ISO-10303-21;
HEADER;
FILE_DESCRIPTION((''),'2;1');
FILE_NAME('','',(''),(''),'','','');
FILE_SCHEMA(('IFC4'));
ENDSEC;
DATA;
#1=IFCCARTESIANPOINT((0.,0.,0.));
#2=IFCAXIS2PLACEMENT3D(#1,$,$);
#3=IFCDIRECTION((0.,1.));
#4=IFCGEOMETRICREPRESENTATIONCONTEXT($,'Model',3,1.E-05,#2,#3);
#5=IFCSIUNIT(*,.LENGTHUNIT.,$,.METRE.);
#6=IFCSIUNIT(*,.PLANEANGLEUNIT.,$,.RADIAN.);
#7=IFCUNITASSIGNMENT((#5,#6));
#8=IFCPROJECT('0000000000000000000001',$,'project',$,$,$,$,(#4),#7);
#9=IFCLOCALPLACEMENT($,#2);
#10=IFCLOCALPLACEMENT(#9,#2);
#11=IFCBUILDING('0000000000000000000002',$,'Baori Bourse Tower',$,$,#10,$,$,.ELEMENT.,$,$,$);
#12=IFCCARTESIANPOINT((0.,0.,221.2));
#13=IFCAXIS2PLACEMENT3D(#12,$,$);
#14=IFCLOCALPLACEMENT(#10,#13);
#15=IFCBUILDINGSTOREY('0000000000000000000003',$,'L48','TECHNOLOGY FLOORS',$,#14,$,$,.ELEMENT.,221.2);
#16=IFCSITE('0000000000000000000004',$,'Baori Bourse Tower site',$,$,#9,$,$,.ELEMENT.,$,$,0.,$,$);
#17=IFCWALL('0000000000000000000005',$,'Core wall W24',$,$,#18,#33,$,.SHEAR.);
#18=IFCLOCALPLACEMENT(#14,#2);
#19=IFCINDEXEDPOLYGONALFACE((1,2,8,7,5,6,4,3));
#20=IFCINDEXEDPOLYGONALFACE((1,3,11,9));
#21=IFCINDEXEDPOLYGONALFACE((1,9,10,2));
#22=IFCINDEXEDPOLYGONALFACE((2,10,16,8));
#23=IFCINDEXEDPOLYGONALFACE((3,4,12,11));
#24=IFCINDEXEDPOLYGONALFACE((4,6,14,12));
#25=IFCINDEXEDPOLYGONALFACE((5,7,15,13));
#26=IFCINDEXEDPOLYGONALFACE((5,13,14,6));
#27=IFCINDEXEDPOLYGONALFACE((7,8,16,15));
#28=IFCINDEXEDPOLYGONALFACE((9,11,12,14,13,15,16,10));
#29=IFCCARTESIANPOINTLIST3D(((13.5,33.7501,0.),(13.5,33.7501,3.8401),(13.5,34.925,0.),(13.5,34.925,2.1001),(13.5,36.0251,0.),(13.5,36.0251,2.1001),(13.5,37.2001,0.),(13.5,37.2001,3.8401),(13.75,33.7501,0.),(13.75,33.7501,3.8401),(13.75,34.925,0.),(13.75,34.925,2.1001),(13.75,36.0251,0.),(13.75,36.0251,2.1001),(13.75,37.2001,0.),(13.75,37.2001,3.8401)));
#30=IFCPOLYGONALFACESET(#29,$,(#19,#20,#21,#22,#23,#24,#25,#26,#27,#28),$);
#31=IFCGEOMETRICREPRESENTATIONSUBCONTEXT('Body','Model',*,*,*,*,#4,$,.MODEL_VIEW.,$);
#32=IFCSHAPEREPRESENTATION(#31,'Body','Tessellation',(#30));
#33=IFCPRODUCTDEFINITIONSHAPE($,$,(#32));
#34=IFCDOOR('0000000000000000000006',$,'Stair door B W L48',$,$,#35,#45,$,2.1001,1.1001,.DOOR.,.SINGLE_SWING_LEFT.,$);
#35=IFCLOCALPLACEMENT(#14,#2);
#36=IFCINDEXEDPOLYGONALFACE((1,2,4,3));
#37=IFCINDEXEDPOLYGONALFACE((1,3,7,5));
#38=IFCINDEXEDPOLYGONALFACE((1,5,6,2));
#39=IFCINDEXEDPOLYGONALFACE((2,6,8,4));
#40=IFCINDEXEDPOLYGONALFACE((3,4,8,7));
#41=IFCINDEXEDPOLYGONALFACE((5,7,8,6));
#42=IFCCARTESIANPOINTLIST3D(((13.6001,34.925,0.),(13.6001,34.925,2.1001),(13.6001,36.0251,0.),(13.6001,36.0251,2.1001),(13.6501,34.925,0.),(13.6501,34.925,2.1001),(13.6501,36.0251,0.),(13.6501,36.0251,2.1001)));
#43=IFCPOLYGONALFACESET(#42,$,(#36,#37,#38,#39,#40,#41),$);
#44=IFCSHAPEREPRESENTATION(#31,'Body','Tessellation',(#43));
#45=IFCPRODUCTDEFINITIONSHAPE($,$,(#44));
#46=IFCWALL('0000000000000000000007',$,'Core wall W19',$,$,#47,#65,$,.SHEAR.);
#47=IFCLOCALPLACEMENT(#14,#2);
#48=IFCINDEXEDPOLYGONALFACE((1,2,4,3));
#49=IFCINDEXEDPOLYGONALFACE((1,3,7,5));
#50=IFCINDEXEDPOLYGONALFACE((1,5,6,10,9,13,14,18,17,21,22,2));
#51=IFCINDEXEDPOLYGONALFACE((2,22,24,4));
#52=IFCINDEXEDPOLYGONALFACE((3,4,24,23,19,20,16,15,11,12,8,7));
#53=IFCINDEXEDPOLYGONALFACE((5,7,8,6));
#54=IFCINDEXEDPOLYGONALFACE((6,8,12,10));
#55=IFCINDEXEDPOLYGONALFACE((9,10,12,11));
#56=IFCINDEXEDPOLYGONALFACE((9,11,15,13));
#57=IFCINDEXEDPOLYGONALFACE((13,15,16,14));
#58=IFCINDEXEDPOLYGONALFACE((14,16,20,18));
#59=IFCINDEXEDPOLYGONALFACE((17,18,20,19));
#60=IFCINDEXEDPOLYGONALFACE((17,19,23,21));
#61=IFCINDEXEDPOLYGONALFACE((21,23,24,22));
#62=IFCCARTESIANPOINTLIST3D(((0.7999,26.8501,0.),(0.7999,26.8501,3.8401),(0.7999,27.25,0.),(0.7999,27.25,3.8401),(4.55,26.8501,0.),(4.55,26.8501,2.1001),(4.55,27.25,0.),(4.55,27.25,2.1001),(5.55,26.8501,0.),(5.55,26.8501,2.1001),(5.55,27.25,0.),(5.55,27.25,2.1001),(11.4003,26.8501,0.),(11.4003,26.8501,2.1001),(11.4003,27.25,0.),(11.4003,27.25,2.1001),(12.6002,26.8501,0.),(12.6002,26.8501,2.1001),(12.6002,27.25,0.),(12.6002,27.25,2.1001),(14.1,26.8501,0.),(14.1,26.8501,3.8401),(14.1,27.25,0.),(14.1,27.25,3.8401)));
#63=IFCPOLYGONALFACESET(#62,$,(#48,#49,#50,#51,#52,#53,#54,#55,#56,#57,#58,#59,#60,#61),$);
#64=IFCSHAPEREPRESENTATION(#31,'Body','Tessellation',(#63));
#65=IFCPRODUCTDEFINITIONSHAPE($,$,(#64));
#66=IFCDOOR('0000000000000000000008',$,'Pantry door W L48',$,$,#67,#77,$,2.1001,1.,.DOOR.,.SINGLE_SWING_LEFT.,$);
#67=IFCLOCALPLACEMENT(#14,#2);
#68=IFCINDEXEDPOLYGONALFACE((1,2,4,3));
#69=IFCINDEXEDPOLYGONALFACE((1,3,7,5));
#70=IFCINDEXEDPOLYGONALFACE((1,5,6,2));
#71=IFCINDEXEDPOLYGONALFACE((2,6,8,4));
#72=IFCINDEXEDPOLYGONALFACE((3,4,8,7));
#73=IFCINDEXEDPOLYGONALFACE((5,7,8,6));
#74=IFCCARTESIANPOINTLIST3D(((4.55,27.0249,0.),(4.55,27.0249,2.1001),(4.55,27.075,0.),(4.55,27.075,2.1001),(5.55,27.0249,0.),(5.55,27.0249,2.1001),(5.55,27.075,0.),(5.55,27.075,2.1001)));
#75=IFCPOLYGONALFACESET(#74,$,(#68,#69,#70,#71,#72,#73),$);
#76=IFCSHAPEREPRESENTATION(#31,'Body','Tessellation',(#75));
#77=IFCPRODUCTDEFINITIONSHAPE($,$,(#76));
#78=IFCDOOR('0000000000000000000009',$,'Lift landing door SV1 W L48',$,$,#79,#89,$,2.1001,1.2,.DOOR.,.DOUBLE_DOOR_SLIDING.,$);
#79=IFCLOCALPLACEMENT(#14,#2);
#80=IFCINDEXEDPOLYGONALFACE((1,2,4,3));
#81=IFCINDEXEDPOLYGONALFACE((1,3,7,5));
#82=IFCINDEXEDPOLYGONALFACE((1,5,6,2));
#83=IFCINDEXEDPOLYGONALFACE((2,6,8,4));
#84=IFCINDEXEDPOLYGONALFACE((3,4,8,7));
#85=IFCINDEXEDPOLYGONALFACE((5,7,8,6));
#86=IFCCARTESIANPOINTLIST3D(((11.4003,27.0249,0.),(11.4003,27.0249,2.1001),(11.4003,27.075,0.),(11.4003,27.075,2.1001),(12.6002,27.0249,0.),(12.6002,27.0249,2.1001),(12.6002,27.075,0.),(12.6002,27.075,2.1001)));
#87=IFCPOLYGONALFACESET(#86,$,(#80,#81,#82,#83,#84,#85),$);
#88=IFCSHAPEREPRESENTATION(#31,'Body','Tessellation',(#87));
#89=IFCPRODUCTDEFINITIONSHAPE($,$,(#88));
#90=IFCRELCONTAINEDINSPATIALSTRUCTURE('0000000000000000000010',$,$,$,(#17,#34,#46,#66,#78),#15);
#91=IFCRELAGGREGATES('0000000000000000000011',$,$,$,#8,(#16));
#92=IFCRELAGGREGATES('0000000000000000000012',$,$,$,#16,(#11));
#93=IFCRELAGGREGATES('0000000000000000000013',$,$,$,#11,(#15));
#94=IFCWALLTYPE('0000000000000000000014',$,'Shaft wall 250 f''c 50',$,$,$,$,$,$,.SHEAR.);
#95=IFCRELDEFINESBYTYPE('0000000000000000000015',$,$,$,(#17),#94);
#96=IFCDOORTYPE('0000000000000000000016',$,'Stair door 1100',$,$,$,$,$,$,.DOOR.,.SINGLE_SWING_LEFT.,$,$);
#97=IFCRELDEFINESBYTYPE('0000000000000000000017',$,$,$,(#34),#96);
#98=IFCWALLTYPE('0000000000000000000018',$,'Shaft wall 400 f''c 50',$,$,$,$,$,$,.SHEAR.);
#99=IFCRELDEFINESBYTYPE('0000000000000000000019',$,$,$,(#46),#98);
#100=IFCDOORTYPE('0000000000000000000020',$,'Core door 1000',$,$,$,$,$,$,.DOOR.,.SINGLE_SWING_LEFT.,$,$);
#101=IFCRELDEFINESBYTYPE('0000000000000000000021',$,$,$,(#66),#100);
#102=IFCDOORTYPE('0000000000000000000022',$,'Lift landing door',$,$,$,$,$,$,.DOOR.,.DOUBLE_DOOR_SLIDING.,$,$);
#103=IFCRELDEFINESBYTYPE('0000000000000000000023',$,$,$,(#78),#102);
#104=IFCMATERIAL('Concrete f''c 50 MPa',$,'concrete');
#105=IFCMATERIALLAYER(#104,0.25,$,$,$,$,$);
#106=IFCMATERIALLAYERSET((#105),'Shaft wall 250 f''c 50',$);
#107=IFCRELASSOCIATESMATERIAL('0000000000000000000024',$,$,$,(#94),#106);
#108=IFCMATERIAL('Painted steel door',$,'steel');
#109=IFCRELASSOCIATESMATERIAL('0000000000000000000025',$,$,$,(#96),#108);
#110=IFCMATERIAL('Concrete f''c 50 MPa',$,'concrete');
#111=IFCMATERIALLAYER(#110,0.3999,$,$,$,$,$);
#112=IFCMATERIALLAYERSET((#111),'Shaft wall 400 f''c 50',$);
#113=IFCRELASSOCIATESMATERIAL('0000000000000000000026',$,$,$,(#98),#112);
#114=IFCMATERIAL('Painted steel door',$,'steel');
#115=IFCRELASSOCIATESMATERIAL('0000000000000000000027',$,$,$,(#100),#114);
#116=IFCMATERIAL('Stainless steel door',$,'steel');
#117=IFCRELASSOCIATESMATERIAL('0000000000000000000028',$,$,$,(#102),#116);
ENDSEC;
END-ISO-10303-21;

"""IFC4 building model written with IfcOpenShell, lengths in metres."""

from ifc_helpers import new_model, si_unit, direction, frame, frame_2d, origin, place, context, subcontext, project, spatial, rectangle, extrude, material, layer, layer_set, type_object, element, fill, save


model = new_model("IFC4")

# Units and contexts
model_context = context("Model", 3, precision=1e-05, world=origin(), true_north=direction((0.0, 1.0)))
body_context = subcontext(model_context, "Body", "Model", "MODEL_VIEW")
ifc_project = project(units=[si_unit("LENGTHUNIT", "METRE"), si_unit("PLANEANGLEUNIT", "RADIAN")], contexts=[model_context])

# Site, building, storey
site_placement = place(None, origin())
site = spatial("IfcSite", under=ifc_project, at=site_placement, Name="Baori Bourse Tower site", CompositionType="ELEMENT", RefElevation=0.0)
building_placement = place(site_placement, origin())
building = spatial("IfcBuilding", under=site, at=building_placement, Name="Baori Bourse Tower", CompositionType="ELEMENT")
storey_placement = place(building_placement, frame((0.0, 0.0, 221.2)))
storey = spatial("IfcBuildingStorey", under=building, at=storey_placement, Name="L48", Description="TECHNOLOGY FLOORS", CompositionType="ELEMENT", Elevation=221.2)

# Wall, opening, door
ifc_material_1 = material(Name="Concrete f'c 50 MPa", Category="concrete")
ifc_layer_1 = layer(ifc_material_1, 0.25)
ifc_layer_set_1 = layer_set([ifc_layer_1], Name="Shaft wall 250 f'c 50")
wall_type_1 = type_object("IfcWallType", Name="Shaft wall 250 f'c 50", PredefinedType="SHEAR", material=ifc_layer_set_1)
wall_1_placement = place(storey_placement, frame((13.625, 33.75, 0.0), z_axis=(0.0, 0.0, 1.0), x_axis=(0.0, 1.0, 0.0)))
wall_1 = element("IfcWall", 1, at=wall_1_placement, inside=storey, type_object=wall_type_1, Name="Core wall W24", PredefinedType="SHEAR", context=body_context, shape_type="SweptSolid", body=[
    extrude(rectangle(XDim=3.45, YDim=0.25, at=frame_2d((1.7251, 0.0))), origin(), (0.0, 0.0, 1.0), 3.8401),
])
opening_1_placement = place(wall_1_placement, frame((1.175, 0.0, 0.0)))
opening_1 = element("IfcOpeningElement", 2, at=opening_1_placement, cuts=wall_1, PredefinedType="OPENING", context=body_context, shape_type="SweptSolid", body=[
    extrude(rectangle(XDim=1.1001, YDim=2.1001, at=frame_2d((0.55, 1.05))), frame((0.0, 0.135, 0.0), z_axis=(0.0, -1.0, 0.0), x_axis=(1.0, 0.0, 0.0)), (0.0, 0.0, 1.0), 0.27),
])
ifc_material_2 = material(Name="Painted steel door", Category="steel")
door_type_1 = type_object("IfcDoorType", Name="Stair door 1100", OperationType="SINGLE_SWING_LEFT", PredefinedType="DOOR", material=ifc_material_2)
door_1_placement = place(opening_1_placement, origin())
door_1 = element("IfcDoor", 3, at=door_1_placement, inside=storey, type_object=door_type_1, Name="Stair door B W L48", OperationType="SINGLE_SWING_LEFT", OverallHeight=2.1001, OverallWidth=1.1001, PredefinedType="DOOR", context=body_context, shape_type="SweptSolid", body=[
    extrude(rectangle(XDim=1.1001, YDim=2.1001, at=frame_2d((0.55, 1.05))), frame((0.0, 0.0249, 0.0), z_axis=(0.0, -1.0, 0.0), x_axis=(1.0, 0.0, 0.0)), (0.0, 0.0, 1.0), 0.05),
])
fill(opening_1, door_1)

# Wall, openings, doors
ifc_material_3 = material(Name="Concrete f'c 50 MPa", Category="concrete")
ifc_layer_2 = layer(ifc_material_3, 0.3999)
ifc_layer_set_2 = layer_set([ifc_layer_2], Name="Shaft wall 400 f'c 50")
wall_type_2 = type_object("IfcWallType", Name="Shaft wall 400 f'c 50", PredefinedType="SHEAR", material=ifc_layer_set_2)
wall_2_placement = place(storey_placement, frame((0.8, 27.05, 0.0), z_axis=(0.0, 0.0, 1.0), x_axis=(1.0, 0.0, 0.0)))
wall_2 = element("IfcWall", 4, at=wall_2_placement, inside=storey, type_object=wall_type_2, Name="Core wall W19", PredefinedType="SHEAR", context=body_context, shape_type="SweptSolid", body=[
    extrude(rectangle(XDim=13.3, YDim=0.3999, at=frame_2d((6.6499, 0.0))), origin(), (0.0, 0.0, 1.0), 3.8401),
])
opening_2_placement = place(wall_2_placement, frame((3.75, 0.0, 0.0)))
opening_2 = element("IfcOpeningElement", 5, at=opening_2_placement, cuts=wall_2, PredefinedType="OPENING", context=body_context, shape_type="SweptSolid", body=[
    extrude(rectangle(XDim=1.0, YDim=2.1001, at=frame_2d((0.5, 1.05))), frame((0.0, 0.21, 0.0), z_axis=(0.0, -1.0, 0.0), x_axis=(1.0, 0.0, 0.0)), (0.0, 0.0, 1.0), 0.4199),
])
opening_3_placement = place(wall_2_placement, frame((10.6001, 0.0, 0.0)))
opening_3 = element("IfcOpeningElement", 6, at=opening_3_placement, cuts=wall_2, PredefinedType="OPENING", context=body_context, shape_type="SweptSolid", body=[
    extrude(rectangle(XDim=1.2, YDim=2.1001, at=frame_2d((0.6001, 1.05))), frame((0.0, 0.21, 0.0), z_axis=(0.0, -1.0, 0.0), x_axis=(1.0, 0.0, 0.0)), (0.0, 0.0, 1.0), 0.4199),
])
ifc_material_4 = material(Name="Painted steel door", Category="steel")
door_type_2 = type_object("IfcDoorType", Name="Core door 1000", OperationType="SINGLE_SWING_LEFT", PredefinedType="DOOR", material=ifc_material_4)
door_2_placement = place(opening_2_placement, origin())
door_2 = element("IfcDoor", 7, at=door_2_placement, inside=storey, type_object=door_type_2, Name="Pantry door W L48", OperationType="SINGLE_SWING_LEFT", OverallHeight=2.1001, OverallWidth=1.0, PredefinedType="DOOR", context=body_context, shape_type="SweptSolid", body=[
    extrude(rectangle(XDim=1.0, YDim=2.1001, at=frame_2d((0.5, 1.05))), frame((0.0, 0.0249, 0.0), z_axis=(0.0, -1.0, 0.0), x_axis=(1.0, 0.0, 0.0)), (0.0, 0.0, 1.0), 0.05),
])
fill(opening_2, door_2)
ifc_material_5 = material(Name="Stainless steel door", Category="steel")
door_type_3 = type_object("IfcDoorType", Name="Lift landing door", OperationType="DOUBLE_DOOR_SLIDING", PredefinedType="DOOR", material=ifc_material_5)
door_3_placement = place(opening_3_placement, origin())
door_3 = element("IfcDoor", 8, at=door_3_placement, inside=storey, type_object=door_type_3, Name="Lift landing door SV1 W L48", OperationType="DOUBLE_DOOR_SLIDING", OverallHeight=2.1001, OverallWidth=1.2, PredefinedType="DOOR", context=body_context, shape_type="SweptSolid", body=[
    extrude(rectangle(XDim=1.2, YDim=2.1001, at=frame_2d((0.6001, 1.05))), frame((0.0, 0.0249, 0.0), z_axis=(0.0, -1.0, 0.0), x_axis=(1.0, 0.0, 0.0)), (0.0, 0.0, 1.0), 0.05),
])
fill(opening_3, door_3)

save(model, "model.ifc")
